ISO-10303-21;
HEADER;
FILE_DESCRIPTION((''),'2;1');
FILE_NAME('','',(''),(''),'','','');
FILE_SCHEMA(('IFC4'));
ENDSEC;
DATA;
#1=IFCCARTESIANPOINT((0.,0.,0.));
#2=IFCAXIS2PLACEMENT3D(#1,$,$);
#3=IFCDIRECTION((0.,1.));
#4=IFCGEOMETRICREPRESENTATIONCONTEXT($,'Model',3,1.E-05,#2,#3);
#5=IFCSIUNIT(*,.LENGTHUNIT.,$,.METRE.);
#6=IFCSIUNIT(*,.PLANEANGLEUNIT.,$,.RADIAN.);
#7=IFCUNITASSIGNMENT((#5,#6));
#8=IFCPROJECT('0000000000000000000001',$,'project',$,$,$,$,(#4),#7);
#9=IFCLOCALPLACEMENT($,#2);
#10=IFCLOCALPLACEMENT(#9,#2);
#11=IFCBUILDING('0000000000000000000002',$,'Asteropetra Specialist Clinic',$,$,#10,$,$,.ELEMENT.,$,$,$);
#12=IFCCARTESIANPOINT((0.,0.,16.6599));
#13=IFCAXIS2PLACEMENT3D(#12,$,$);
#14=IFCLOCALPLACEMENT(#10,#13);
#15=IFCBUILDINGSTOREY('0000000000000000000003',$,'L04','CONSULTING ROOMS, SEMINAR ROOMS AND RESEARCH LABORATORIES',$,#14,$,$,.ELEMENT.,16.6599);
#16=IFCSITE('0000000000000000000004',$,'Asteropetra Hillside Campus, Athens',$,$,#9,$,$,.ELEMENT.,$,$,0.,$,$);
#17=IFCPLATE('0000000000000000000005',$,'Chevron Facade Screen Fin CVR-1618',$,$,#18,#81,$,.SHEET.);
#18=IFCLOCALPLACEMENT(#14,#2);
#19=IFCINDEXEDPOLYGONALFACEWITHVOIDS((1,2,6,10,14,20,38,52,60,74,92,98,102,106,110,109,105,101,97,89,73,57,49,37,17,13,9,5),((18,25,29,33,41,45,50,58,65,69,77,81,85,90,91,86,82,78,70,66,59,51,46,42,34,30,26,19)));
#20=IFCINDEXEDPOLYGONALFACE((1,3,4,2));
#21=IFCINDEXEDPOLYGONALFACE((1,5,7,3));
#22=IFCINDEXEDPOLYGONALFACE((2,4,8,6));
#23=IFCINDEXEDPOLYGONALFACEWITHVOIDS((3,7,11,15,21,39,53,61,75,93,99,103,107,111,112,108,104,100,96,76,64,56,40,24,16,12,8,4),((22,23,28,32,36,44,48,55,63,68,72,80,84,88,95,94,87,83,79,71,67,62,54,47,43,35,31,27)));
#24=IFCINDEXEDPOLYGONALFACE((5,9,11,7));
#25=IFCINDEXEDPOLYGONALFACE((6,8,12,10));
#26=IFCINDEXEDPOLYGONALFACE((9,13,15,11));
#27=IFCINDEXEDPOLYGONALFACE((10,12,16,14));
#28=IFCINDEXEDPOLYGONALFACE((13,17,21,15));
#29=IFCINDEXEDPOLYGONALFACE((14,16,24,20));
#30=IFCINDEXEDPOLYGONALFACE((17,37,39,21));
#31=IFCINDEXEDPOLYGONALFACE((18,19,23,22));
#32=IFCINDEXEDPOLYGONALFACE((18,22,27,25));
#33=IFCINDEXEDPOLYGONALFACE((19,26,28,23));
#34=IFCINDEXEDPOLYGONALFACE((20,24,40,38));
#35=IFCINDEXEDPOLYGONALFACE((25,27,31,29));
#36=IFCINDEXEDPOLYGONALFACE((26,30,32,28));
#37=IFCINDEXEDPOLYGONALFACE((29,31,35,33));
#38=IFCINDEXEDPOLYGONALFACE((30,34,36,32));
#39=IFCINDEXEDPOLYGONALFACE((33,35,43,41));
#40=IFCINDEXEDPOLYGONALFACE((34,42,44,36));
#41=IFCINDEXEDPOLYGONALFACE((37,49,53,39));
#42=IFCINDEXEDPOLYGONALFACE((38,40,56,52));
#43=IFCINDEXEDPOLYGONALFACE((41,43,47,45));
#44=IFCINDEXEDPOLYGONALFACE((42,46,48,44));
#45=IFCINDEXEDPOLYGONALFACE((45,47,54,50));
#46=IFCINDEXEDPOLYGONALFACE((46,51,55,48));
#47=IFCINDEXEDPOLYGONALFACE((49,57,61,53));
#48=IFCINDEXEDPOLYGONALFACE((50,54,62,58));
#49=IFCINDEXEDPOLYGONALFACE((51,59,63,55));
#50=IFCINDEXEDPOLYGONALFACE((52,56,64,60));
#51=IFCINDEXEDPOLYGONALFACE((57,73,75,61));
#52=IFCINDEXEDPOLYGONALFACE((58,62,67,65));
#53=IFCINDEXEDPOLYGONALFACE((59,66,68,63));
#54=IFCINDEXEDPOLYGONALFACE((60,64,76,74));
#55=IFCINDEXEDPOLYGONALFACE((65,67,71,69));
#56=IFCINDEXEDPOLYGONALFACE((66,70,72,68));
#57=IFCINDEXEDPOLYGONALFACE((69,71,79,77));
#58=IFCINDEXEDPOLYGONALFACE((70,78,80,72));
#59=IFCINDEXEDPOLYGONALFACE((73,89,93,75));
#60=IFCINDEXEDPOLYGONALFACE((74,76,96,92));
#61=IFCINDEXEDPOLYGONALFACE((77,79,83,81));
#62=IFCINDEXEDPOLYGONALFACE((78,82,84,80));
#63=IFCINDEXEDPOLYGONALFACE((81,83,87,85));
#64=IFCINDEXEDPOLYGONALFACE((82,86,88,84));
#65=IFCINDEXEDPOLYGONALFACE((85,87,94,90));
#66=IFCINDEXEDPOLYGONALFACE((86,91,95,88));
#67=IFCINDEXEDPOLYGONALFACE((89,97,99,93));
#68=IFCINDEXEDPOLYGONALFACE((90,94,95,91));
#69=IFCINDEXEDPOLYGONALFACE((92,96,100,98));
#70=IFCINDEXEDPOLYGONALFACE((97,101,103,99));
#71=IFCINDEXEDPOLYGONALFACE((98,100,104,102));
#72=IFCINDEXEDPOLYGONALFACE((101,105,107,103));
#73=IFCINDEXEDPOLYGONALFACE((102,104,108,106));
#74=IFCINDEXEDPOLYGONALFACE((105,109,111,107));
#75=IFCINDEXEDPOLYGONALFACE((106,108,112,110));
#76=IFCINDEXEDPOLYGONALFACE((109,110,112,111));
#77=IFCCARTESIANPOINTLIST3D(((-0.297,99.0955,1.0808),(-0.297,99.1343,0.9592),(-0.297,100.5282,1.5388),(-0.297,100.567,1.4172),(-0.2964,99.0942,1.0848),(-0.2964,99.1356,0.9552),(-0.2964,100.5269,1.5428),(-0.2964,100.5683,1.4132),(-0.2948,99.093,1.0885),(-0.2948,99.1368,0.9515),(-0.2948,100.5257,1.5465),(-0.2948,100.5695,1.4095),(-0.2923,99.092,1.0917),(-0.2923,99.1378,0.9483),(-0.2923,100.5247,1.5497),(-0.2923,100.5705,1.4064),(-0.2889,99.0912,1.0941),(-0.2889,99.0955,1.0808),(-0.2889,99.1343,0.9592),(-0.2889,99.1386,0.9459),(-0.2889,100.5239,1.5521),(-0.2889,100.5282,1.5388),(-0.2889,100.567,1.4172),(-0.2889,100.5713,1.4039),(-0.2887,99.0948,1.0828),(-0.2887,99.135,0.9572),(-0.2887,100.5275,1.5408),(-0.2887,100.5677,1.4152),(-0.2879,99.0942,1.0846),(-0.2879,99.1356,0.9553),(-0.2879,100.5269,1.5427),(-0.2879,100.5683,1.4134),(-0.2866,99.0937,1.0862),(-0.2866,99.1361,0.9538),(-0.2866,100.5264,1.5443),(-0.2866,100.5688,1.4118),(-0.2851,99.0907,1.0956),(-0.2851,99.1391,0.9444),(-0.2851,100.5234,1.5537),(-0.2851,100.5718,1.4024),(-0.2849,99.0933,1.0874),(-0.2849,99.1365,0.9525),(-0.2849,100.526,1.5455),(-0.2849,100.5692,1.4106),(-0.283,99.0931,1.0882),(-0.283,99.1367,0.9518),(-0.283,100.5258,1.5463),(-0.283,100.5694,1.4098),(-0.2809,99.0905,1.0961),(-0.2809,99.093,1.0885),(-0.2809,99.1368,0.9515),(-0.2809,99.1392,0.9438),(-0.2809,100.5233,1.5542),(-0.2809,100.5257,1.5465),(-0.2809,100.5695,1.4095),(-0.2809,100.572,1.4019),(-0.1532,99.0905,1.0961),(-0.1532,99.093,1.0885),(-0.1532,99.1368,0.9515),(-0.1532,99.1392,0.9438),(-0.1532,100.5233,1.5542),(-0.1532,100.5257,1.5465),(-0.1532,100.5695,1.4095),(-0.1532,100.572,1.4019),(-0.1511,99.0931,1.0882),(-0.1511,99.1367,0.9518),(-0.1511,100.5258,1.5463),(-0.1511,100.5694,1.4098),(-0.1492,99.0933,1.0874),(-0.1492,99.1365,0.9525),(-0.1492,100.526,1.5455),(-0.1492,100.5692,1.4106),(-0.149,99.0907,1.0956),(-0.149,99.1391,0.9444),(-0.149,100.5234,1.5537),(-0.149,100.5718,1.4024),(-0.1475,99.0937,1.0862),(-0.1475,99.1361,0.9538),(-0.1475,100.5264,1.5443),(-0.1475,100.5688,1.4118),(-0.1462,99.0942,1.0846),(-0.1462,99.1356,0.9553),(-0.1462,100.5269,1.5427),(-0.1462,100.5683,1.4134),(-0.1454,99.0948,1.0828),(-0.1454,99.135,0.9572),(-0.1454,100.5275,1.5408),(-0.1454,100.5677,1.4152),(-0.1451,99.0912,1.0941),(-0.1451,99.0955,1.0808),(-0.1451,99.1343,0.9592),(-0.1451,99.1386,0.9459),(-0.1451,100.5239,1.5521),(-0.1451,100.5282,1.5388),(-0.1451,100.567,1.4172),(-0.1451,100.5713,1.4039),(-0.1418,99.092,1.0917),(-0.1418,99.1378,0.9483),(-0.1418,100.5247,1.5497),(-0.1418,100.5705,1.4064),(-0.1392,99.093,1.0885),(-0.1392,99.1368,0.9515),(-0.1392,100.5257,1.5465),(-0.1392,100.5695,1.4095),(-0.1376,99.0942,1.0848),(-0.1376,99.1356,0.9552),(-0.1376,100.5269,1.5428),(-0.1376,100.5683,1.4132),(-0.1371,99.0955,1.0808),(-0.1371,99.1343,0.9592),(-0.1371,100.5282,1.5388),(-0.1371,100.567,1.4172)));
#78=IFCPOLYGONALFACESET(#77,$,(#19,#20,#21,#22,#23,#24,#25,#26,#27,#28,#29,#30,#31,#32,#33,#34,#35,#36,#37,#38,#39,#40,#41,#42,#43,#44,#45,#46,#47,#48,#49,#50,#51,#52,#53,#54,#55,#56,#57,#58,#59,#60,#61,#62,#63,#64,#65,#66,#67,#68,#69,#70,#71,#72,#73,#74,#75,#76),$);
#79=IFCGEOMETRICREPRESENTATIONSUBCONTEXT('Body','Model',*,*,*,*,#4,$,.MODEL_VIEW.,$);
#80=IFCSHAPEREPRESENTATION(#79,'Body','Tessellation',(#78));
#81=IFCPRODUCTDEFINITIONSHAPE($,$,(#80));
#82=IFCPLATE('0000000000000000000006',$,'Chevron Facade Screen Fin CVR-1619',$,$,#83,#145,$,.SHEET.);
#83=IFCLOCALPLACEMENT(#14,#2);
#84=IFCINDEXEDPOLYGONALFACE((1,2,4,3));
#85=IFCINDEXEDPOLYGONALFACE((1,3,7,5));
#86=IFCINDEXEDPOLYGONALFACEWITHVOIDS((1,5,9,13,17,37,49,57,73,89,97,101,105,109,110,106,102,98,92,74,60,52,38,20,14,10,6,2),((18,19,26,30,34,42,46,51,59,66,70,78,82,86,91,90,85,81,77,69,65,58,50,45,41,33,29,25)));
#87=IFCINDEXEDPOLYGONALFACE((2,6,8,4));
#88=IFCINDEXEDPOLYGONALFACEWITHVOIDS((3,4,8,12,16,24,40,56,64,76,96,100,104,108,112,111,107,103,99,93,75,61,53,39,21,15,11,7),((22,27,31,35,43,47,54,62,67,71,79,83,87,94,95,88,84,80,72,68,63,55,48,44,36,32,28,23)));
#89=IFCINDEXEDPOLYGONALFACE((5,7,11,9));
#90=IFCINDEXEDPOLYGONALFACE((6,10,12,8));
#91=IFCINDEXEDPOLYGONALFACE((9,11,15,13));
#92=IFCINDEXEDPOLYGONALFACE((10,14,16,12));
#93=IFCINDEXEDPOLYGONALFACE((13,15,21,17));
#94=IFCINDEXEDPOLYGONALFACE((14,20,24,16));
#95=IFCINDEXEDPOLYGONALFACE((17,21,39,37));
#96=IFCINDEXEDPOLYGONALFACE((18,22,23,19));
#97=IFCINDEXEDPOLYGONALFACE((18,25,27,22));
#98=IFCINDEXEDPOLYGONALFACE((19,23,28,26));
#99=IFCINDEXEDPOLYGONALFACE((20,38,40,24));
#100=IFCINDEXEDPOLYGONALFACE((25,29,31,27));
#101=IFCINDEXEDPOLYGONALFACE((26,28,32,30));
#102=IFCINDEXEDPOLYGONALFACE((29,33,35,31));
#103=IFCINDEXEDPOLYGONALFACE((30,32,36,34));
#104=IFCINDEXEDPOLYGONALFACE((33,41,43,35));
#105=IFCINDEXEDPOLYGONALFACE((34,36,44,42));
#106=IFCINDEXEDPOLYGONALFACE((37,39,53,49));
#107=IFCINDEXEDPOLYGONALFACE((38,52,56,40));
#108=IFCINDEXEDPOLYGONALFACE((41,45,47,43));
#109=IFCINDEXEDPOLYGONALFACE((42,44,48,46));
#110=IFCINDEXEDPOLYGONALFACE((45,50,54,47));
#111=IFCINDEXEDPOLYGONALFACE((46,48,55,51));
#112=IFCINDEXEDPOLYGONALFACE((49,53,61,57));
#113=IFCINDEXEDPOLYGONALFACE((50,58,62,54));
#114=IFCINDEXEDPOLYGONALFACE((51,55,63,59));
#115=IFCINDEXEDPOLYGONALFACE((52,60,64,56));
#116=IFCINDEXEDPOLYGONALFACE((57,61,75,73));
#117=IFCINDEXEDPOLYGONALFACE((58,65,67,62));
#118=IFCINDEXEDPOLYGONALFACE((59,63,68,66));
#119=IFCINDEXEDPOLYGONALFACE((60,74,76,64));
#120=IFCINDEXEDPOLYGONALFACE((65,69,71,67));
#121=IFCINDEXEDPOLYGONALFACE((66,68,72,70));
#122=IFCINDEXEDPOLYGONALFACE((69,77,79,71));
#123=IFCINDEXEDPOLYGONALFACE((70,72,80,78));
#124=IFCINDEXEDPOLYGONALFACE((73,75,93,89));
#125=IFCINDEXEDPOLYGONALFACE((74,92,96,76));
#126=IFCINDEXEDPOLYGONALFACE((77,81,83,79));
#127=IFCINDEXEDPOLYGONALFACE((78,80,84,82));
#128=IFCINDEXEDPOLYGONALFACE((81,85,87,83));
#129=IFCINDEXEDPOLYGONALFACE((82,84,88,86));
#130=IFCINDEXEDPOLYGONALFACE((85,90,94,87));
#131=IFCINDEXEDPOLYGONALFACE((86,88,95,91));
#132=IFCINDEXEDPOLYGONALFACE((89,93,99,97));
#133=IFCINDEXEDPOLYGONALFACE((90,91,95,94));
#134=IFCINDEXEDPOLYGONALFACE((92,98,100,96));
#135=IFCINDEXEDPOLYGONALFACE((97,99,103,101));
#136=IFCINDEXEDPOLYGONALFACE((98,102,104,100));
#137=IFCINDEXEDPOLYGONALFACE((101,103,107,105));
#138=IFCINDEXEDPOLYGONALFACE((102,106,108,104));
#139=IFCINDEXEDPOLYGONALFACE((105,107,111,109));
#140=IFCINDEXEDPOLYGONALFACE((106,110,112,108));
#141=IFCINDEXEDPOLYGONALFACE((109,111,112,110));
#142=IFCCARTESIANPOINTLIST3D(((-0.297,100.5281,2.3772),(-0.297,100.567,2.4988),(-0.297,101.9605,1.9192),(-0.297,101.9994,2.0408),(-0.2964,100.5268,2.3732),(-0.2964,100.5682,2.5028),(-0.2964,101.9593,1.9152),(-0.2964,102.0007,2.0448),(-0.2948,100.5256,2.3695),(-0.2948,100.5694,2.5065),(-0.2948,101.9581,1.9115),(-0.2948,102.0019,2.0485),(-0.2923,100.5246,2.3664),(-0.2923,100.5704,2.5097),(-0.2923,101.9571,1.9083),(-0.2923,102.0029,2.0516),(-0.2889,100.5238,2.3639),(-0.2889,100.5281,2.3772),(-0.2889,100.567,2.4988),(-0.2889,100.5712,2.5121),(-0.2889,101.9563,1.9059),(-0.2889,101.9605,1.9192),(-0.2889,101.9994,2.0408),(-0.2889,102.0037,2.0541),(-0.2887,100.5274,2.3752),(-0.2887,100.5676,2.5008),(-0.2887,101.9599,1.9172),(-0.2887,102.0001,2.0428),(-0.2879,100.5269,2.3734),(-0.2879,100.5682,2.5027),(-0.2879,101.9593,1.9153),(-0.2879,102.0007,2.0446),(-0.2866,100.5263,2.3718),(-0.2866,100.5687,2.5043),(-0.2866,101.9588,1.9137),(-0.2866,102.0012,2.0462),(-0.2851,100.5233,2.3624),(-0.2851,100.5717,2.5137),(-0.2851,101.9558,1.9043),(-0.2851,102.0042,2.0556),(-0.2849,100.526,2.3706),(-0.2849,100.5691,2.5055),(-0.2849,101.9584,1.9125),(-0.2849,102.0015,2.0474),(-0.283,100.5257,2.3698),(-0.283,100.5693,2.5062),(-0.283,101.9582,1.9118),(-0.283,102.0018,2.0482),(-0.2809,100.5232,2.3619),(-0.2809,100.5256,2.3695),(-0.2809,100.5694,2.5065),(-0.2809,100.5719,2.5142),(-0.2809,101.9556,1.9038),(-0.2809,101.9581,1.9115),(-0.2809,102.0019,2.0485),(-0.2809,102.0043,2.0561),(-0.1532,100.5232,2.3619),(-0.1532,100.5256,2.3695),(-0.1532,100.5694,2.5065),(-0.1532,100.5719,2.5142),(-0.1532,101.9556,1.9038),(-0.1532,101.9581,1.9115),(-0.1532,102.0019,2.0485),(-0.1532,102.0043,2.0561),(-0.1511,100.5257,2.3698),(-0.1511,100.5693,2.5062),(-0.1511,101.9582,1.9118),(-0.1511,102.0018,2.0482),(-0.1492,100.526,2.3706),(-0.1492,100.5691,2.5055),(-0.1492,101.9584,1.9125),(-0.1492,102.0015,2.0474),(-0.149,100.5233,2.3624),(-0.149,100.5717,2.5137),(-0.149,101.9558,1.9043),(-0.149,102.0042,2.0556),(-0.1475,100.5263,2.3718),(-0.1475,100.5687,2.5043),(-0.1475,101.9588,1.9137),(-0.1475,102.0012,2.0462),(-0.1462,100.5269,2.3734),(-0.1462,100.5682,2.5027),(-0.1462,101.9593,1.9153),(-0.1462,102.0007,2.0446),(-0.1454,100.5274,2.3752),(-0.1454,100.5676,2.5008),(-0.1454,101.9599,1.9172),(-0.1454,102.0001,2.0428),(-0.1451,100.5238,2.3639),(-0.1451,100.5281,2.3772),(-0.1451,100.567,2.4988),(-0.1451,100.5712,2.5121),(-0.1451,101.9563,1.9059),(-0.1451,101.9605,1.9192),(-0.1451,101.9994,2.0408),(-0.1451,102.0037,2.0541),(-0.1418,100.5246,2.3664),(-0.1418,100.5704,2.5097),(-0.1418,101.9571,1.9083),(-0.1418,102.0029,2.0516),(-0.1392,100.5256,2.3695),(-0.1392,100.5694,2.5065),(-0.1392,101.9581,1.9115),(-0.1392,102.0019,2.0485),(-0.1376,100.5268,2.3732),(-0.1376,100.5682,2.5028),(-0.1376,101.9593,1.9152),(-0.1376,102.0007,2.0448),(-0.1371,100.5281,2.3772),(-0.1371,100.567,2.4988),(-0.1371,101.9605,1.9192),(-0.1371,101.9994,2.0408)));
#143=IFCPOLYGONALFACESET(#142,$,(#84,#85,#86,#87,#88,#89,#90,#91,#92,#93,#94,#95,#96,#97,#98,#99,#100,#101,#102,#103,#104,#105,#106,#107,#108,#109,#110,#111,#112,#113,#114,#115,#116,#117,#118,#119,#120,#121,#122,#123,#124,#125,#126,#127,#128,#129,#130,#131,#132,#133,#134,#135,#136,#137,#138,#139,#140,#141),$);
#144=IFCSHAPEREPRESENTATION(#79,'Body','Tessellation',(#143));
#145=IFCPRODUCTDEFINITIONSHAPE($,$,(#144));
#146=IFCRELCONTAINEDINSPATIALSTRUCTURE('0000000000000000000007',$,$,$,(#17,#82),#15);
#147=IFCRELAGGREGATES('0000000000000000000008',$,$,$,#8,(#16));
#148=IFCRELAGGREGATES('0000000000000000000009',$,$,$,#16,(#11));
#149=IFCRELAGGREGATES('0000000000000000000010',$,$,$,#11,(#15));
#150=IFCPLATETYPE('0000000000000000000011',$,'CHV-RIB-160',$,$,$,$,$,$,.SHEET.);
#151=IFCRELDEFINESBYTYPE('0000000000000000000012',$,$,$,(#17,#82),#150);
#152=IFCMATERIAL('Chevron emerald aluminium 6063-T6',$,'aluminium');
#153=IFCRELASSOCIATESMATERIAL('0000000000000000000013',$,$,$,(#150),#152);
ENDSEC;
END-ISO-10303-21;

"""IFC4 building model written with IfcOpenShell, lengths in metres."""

from ifc_helpers import new_model, si_unit, direction, frame, origin, origin_2d, place, context, subcontext, project, spatial, hollow_rectangle, extrude, material, material_profile, profile_set, type_object, element, save


model = new_model("IFC4")

# Units and contexts
model_context = context("Model", 3, precision=1e-05, world=origin(), true_north=direction((0.0, 1.0)))
body_context = subcontext(model_context, "Body", "Model", "MODEL_VIEW")
ifc_project = project(units=[si_unit("LENGTHUNIT", "METRE"), si_unit("PLANEANGLEUNIT", "RADIAN")], contexts=[model_context])

# Site, building, storey
site_placement = place(None, origin())
site = spatial("IfcSite", under=ifc_project, at=site_placement, Name="Asteropetra Hillside Campus, Athens", CompositionType="ELEMENT", RefElevation=0.0)
building_placement = place(site_placement, origin())
building = spatial("IfcBuilding", under=site, at=building_placement, Name="Asteropetra Specialist Clinic", CompositionType="ELEMENT")
storey_placement = place(building_placement, frame((0.0, 0.0, 16.6599)))
storey = spatial("IfcBuildingStorey", under=building, at=storey_placement, Name="L04", Description="CONSULTING ROOMS, SEMINAR ROOMS AND RESEARCH LABORATORIES", CompositionType="ELEMENT", Elevation=16.6599)

# Plates
ifc_material_1 = material(Name="Chevron emerald aluminium 6063-T6", Category="aluminium")
ifc_material_profile = material_profile(ifc_material_1, hollow_rectangle(XDim=0.1599, YDim=0.1599, WallThickness=0.0081, InnerFilletRadius=0.0081, OuterFilletRadius=0.0161, at=origin_2d()), Name="SHS 160x160x8.0")
ifc_profile_set = profile_set([ifc_material_profile], Name="Chevron emerald aluminium 6063-T6")
plate_type_1 = type_object("IfcPlateType", Name="CHV-RIB-160", PredefinedType="SHEET", material=ifc_profile_set)
plate_1_placement = place(storey_placement, frame((-0.217, 100.5476, 1.478), z_axis=(0.0, -0.952507, -0.304517), x_axis=(1.0, 0.0, 0.0)))
element("IfcPlate", 1, at=plate_1_placement, inside=storey, type_object=plate_type_1, Name="Chevron Facade Screen Fin CVR-1618", PredefinedType="SHEET", context=body_context, shape_type="SweptSolid", body=[
    extrude(hollow_rectangle(XDim=0.1599, YDim=0.1599, WallThickness=0.0081, InnerFilletRadius=0.0081, OuterFilletRadius=0.0161, at=origin_2d()), origin(), (0.0, 0.0, 1.0), 1.5042),
])
plate_2_placement = place(storey_placement, frame((-0.217, 101.98, 1.98), z_axis=(0.0, -0.952492, 0.304564), x_axis=(1.0, 0.0, 0.0)))
element("IfcPlate", 2, at=plate_2_placement, inside=storey, type_object=plate_type_1, Name="Chevron Facade Screen Fin CVR-1619", PredefinedType="SHEET", context=body_context, shape_type="SweptSolid", body=[
    extrude(hollow_rectangle(XDim=0.1599, YDim=0.1599, WallThickness=0.0081, InnerFilletRadius=0.0081, OuterFilletRadius=0.0161, at=origin_2d()), origin(), (0.0, 0.0, 1.0), 1.5039),
])

save(model, "model.ifc")
